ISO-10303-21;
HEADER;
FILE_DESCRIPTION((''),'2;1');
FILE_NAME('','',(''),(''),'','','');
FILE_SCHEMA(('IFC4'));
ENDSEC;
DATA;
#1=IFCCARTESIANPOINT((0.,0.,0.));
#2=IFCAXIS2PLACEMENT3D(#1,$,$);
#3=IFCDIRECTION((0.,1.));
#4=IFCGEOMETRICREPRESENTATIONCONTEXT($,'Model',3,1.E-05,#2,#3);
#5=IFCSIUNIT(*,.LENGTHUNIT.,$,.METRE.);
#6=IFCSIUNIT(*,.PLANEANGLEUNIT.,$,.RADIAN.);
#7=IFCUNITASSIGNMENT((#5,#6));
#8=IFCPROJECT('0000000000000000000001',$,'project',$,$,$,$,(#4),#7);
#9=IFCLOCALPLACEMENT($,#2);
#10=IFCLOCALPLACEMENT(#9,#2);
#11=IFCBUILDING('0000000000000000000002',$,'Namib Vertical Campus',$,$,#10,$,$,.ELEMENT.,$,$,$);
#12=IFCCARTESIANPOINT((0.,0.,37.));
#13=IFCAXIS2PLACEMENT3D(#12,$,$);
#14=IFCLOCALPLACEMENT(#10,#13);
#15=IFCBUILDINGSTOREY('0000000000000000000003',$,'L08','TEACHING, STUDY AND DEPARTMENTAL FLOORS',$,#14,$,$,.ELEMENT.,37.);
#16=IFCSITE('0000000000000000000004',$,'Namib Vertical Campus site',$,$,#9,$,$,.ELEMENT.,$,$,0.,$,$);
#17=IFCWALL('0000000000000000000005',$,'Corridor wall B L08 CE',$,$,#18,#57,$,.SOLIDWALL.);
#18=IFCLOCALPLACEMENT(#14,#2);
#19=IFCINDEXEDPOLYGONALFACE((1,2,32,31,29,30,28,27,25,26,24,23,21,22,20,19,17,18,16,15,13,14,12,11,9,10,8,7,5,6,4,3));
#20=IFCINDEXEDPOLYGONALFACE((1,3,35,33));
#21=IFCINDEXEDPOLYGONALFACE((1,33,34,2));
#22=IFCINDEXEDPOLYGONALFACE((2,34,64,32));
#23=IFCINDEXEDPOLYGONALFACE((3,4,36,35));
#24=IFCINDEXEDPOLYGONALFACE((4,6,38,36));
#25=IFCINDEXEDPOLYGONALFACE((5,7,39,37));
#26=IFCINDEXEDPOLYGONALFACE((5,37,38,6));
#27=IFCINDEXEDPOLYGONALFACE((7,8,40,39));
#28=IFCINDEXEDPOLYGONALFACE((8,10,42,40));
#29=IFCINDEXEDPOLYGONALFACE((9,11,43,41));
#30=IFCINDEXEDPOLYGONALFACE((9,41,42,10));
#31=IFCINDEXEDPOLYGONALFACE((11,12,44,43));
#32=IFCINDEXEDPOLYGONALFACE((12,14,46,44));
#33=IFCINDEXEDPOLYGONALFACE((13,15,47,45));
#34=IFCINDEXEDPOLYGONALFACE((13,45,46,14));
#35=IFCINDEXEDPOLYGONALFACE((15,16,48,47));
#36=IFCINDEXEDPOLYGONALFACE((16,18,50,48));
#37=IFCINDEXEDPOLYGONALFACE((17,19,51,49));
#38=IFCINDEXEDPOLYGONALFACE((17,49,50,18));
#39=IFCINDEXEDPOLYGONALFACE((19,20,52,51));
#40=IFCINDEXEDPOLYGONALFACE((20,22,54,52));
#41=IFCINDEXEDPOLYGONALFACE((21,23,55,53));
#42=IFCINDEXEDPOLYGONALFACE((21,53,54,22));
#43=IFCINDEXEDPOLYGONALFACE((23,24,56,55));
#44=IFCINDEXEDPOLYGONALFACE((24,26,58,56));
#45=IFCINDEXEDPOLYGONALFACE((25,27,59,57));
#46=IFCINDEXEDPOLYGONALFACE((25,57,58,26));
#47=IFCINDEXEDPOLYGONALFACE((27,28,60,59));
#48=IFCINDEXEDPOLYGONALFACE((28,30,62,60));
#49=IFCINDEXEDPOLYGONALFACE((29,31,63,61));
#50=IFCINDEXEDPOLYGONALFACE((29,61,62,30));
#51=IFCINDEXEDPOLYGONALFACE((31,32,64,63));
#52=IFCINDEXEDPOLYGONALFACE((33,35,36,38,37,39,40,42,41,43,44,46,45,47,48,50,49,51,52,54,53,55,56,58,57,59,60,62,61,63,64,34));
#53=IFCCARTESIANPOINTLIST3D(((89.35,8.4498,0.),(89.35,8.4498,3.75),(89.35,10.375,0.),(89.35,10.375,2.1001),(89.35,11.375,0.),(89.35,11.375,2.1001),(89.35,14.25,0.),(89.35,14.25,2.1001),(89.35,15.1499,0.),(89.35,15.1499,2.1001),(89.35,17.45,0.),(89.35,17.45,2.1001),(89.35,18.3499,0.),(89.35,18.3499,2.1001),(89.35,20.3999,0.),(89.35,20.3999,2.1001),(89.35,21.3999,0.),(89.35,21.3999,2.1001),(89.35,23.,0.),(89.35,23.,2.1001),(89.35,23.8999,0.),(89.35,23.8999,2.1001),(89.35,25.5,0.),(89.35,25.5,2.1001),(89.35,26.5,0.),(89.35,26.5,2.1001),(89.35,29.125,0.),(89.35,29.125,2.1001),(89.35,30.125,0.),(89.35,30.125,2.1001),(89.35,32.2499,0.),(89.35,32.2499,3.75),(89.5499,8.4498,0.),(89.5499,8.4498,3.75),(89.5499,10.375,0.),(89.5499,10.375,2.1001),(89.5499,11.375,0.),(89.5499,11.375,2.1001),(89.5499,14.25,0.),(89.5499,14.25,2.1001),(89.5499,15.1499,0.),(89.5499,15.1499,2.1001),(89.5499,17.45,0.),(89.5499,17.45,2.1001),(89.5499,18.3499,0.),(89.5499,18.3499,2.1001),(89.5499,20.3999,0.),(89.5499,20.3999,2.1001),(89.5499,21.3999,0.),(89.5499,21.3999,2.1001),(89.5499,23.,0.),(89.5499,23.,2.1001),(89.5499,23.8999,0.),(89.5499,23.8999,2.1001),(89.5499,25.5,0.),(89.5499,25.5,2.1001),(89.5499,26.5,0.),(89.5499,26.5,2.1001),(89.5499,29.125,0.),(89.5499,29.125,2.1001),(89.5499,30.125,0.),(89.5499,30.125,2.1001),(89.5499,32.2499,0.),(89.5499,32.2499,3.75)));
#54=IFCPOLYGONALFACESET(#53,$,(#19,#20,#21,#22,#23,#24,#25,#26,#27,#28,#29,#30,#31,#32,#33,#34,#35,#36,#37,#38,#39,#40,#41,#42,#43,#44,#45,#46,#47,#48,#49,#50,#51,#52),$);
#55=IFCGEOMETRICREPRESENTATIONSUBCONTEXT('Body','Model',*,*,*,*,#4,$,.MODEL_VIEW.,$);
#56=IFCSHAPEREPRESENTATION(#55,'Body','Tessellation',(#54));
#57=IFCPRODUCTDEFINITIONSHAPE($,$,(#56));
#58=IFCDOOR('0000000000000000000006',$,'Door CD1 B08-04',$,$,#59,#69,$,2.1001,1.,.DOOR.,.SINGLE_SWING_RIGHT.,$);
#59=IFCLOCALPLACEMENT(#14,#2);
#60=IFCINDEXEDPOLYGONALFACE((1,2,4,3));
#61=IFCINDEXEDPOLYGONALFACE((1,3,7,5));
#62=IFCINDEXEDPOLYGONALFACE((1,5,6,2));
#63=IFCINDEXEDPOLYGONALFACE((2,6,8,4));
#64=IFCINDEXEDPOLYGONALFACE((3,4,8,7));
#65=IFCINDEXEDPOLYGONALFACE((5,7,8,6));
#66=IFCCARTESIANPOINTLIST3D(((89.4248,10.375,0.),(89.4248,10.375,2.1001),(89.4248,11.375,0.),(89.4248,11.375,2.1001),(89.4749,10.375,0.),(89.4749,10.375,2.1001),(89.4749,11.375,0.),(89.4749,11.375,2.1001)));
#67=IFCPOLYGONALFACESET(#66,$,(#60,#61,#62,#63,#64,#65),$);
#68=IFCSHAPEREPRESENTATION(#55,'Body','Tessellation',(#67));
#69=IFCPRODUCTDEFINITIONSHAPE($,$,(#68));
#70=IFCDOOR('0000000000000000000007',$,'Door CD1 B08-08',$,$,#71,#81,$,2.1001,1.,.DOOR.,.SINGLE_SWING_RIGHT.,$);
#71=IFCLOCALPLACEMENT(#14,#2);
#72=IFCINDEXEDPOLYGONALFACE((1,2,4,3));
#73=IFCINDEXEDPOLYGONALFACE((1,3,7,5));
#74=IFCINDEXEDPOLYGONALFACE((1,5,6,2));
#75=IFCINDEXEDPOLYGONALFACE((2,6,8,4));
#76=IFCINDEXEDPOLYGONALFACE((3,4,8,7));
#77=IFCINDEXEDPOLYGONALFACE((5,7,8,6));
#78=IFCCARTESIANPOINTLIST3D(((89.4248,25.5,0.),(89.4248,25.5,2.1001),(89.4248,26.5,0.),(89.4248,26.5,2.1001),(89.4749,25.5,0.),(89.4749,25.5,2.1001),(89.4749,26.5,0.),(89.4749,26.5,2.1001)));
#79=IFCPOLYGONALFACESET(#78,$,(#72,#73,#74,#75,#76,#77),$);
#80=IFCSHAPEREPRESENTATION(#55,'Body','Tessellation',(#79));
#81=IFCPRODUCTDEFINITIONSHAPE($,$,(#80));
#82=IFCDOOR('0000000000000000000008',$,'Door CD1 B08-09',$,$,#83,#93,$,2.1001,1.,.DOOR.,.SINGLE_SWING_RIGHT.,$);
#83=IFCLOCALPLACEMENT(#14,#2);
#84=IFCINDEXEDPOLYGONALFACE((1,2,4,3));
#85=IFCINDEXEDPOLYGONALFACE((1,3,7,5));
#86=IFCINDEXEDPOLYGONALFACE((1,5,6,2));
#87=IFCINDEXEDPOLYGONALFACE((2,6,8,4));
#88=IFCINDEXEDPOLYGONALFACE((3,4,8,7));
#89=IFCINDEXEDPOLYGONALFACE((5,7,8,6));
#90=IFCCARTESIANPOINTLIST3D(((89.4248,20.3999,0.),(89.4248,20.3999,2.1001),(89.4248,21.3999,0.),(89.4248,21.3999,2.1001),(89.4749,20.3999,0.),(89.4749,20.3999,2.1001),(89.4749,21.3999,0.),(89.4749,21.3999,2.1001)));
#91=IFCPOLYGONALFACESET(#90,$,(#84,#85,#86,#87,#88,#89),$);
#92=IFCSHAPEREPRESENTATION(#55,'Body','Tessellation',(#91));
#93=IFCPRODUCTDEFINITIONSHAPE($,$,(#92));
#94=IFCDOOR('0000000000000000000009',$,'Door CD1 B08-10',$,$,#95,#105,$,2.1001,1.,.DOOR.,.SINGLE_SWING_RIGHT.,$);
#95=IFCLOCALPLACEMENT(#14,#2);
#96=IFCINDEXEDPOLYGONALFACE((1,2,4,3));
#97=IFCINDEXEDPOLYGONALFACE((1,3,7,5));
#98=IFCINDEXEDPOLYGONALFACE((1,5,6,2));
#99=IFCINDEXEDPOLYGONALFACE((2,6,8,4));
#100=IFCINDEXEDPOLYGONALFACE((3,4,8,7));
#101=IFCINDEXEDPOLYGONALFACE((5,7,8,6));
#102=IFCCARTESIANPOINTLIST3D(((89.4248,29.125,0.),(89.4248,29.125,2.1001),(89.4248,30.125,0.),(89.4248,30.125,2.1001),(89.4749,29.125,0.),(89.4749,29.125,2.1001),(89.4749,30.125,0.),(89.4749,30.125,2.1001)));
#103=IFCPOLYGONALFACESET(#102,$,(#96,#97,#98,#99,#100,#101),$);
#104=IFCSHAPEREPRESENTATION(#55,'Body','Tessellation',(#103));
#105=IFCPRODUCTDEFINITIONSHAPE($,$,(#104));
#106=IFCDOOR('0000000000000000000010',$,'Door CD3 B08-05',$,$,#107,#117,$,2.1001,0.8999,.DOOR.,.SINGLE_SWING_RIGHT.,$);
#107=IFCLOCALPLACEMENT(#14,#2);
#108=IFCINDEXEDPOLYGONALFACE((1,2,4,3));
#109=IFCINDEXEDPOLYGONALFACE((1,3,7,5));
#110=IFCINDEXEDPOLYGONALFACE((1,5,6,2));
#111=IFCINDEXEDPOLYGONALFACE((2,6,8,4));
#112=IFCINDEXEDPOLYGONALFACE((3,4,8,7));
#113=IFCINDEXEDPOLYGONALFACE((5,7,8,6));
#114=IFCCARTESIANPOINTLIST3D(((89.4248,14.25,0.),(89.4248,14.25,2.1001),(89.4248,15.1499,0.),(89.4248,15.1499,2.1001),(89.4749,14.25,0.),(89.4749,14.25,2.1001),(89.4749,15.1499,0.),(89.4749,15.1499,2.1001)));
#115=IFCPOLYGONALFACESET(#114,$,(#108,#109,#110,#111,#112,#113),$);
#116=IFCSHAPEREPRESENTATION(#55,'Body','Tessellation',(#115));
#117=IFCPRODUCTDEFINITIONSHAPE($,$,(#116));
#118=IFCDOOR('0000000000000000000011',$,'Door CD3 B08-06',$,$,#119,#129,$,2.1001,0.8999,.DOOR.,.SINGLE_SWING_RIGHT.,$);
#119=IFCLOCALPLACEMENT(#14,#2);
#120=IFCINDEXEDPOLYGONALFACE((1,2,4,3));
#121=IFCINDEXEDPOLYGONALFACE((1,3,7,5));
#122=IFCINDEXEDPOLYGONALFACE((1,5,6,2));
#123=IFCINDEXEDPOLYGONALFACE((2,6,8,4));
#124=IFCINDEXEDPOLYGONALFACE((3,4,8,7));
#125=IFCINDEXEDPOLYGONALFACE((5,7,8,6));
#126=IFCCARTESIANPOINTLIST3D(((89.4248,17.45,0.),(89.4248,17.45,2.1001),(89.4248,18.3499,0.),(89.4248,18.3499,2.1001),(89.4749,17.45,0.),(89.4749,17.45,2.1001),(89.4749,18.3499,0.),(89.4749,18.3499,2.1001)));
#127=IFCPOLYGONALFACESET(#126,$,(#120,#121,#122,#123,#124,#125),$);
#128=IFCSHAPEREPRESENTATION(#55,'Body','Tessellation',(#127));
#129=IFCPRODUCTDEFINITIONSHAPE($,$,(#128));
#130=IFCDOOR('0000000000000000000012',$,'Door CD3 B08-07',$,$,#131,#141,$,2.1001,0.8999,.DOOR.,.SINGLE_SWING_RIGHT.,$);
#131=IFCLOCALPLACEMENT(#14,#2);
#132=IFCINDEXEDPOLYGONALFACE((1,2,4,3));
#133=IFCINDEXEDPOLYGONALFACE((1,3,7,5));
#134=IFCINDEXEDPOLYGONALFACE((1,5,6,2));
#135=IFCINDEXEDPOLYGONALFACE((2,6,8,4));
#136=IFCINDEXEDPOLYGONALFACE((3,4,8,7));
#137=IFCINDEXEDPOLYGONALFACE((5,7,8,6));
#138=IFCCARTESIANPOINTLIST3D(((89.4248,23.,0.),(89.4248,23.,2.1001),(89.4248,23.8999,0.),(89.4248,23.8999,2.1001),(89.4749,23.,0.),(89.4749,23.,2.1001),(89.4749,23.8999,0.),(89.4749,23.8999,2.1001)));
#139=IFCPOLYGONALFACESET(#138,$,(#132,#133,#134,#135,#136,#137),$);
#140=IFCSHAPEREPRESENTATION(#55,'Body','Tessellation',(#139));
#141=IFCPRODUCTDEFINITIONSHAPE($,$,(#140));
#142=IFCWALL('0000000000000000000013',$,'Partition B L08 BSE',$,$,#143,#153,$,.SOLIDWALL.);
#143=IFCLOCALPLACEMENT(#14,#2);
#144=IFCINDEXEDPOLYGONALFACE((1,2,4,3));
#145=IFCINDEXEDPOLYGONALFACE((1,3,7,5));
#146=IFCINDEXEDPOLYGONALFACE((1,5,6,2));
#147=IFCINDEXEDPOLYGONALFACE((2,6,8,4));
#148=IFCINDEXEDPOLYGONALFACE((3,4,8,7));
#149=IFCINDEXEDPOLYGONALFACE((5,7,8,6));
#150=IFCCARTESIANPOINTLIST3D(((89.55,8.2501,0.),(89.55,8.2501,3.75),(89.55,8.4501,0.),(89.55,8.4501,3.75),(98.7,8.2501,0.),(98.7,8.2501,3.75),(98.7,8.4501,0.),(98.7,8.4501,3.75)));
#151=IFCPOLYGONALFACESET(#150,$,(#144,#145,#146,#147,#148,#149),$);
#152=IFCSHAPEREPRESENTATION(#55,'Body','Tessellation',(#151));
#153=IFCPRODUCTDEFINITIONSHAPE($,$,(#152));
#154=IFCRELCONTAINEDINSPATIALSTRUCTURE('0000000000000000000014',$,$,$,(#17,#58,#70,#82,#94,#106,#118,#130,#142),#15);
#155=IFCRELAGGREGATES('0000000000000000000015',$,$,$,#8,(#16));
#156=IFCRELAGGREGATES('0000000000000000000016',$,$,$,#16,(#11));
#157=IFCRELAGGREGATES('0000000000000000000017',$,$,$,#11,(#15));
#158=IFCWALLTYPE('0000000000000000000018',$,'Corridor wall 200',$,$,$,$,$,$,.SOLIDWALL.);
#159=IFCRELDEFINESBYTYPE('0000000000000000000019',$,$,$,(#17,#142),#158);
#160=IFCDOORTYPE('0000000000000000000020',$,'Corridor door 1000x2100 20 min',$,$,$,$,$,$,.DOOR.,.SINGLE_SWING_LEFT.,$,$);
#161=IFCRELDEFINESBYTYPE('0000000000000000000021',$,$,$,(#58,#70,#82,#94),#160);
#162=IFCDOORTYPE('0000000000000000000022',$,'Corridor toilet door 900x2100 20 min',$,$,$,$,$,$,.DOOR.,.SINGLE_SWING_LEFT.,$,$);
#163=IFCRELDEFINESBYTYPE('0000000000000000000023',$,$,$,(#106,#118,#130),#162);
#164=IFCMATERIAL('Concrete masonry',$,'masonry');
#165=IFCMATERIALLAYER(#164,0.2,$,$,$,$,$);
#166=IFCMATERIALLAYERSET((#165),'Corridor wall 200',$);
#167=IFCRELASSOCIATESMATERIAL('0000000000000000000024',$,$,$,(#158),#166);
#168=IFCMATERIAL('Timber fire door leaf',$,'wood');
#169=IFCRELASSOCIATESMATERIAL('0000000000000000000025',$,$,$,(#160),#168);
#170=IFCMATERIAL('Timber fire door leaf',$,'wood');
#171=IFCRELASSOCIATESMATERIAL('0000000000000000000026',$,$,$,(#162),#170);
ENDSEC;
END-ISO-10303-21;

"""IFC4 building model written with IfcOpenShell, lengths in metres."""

from ifc_helpers import new_model, si_unit, direction, frame, frame_2d, origin, place, context, subcontext, project, spatial, rectangle, extrude, material, layer, layer_set, type_object, element, fill, save


model = new_model("IFC4")

# Units and contexts
model_context = context("Model", 3, precision=1e-05, world=origin(), true_north=direction((0.0, 1.0)))
body_context = subcontext(model_context, "Body", "Model", "MODEL_VIEW")
ifc_project = project(units=[si_unit("LENGTHUNIT", "METRE"), si_unit("PLANEANGLEUNIT", "RADIAN")], contexts=[model_context])

# Site, building, storey
site_placement = place(None, origin())
site = spatial("IfcSite", under=ifc_project, at=site_placement, Name="Namib Vertical Campus site", CompositionType="ELEMENT", RefElevation=0.0)
building_placement = place(site_placement, origin())
building = spatial("IfcBuilding", under=site, at=building_placement, Name="Namib Vertical Campus", CompositionType="ELEMENT")
storey_placement = place(building_placement, frame((0.0, 0.0, 37.0)))
storey = spatial("IfcBuildingStorey", under=building, at=storey_placement, Name="L08", Description="TEACHING, STUDY AND DEPARTMENTAL FLOORS", CompositionType="ELEMENT", Elevation=37.0)

# Wall, openings, doors
ifc_material_1 = material(Name="Concrete masonry", Category="masonry")
ifc_layer_1 = layer(ifc_material_1, 0.2)
ifc_layer_set_1 = layer_set([ifc_layer_1], Name="Corridor wall 200")
wall_type_1 = type_object("IfcWallType", Name="Corridor wall 200", PredefinedType="SOLIDWALL", material=ifc_layer_set_1)
wall_1_placement = place(storey_placement, frame((89.45, 8.45, 0.0), z_axis=(0.0, 0.0, 1.0), x_axis=(0.0, 1.0, 0.0)))
wall_1 = element("IfcWall", 1, at=wall_1_placement, inside=storey, type_object=wall_type_1, Name="Corridor wall B L08 CE", PredefinedType="SOLIDWALL", context=body_context, shape_type="SweptSolid", body=[
    extrude(rectangle(XDim=23.8, YDim=0.2, at=frame_2d((11.8999, 0.0))), origin(), (0.0, 0.0, 1.0), 3.75),
])
opening_1_placement = place(wall_1_placement, frame((1.925, 0.0, 0.0)))
opening_1 = element("IfcOpeningElement", 2, at=opening_1_placement, cuts=wall_1, PredefinedType="OPENING", context=body_context, shape_type="SweptSolid", body=[
    extrude(rectangle(XDim=1.0, YDim=2.1001, at=frame_2d((0.5, 1.05))), frame((0.0, 0.1099, 0.0), z_axis=(0.0, -1.0, 0.0), x_axis=(1.0, 0.0, 0.0)), (0.0, 0.0, 1.0), 0.22),
])
opening_2_placement = place(wall_1_placement, frame((5.8, 0.0, 0.0)))
opening_2 = element("IfcOpeningElement", 3, at=opening_2_placement, cuts=wall_1, PredefinedType="OPENING", context=body_context, shape_type="SweptSolid", body=[
    extrude(rectangle(XDim=0.8999, YDim=2.1001, at=frame_2d((0.45, 1.05))), frame((0.0, 0.1099, 0.0), z_axis=(0.0, -1.0, 0.0), x_axis=(1.0, 0.0, 0.0)), (0.0, 0.0, 1.0), 0.22),
])
opening_3_placement = place(wall_1_placement, frame((9.0, 0.0, 0.0)))
opening_3 = element("IfcOpeningElement", 4, at=opening_3_placement, cuts=wall_1, PredefinedType="OPENING", context=body_context, shape_type="SweptSolid", body=[
    extrude(rectangle(XDim=0.8999, YDim=2.1001, at=frame_2d((0.45, 1.05))), frame((0.0, 0.1099, 0.0), z_axis=(0.0, -1.0, 0.0), x_axis=(1.0, 0.0, 0.0)), (0.0, 0.0, 1.0), 0.22),
])
opening_4_placement = place(wall_1_placement, frame((14.55, 0.0, 0.0)))
opening_4 = element("IfcOpeningElement", 5, at=opening_4_placement, cuts=wall_1, PredefinedType="OPENING", context=body_context, shape_type="SweptSolid", body=[
    extrude(rectangle(XDim=0.8999, YDim=2.1001, at=frame_2d((0.45, 1.05))), frame((0.0, 0.1099, 0.0), z_axis=(0.0, -1.0, 0.0), x_axis=(1.0, 0.0, 0.0)), (0.0, 0.0, 1.0), 0.22),
])
opening_5_placement = place(wall_1_placement, frame((17.05, 0.0, 0.0)))
opening_5 = element("IfcOpeningElement", 6, at=opening_5_placement, cuts=wall_1, PredefinedType="OPENING", context=body_context, shape_type="SweptSolid", body=[
    extrude(rectangle(XDim=1.0, YDim=2.1001, at=frame_2d((0.5, 1.05))), frame((0.0, 0.1099, 0.0), z_axis=(0.0, -1.0, 0.0), x_axis=(1.0, 0.0, 0.0)), (0.0, 0.0, 1.0), 0.22),
])
opening_6_placement = place(wall_1_placement, frame((11.95, 0.0, 0.0)))
opening_6 = element("IfcOpeningElement", 7, at=opening_6_placement, cuts=wall_1, PredefinedType="OPENING", context=body_context, shape_type="SweptSolid", body=[
    extrude(rectangle(XDim=1.0, YDim=2.1001, at=frame_2d((0.5, 1.05))), frame((0.0, 0.1099, 0.0), z_axis=(0.0, -1.0, 0.0), x_axis=(1.0, 0.0, 0.0)), (0.0, 0.0, 1.0), 0.22),
])
opening_7_placement = place(wall_1_placement, frame((20.675, 0.0, 0.0)))
opening_7 = element("IfcOpeningElement", 8, at=opening_7_placement, cuts=wall_1, PredefinedType="OPENING", context=body_context, shape_type="SweptSolid", body=[
    extrude(rectangle(XDim=1.0, YDim=2.1001, at=frame_2d((0.5, 1.05))), frame((0.0, 0.1099, 0.0), z_axis=(0.0, -1.0, 0.0), x_axis=(1.0, 0.0, 0.0)), (0.0, 0.0, 1.0), 0.22),
])
ifc_material_2 = material(Name="Timber fire door leaf", Category="wood")
door_type_1 = type_object("IfcDoorType", Name="Corridor door 1000x2100 20 min", OperationType="SINGLE_SWING_LEFT", PredefinedType="DOOR", material=ifc_material_2)
door_1_placement = place(opening_1_placement, frame((1.0, 0.0, 0.0), z_axis=(0.0, 0.0, 1.0), x_axis=(-1.0, 0.0, 0.0)))
door_1 = element("IfcDoor", 9, at=door_1_placement, inside=storey, type_object=door_type_1, Name="Door CD1 B08-04", OperationType="SINGLE_SWING_RIGHT", OverallHeight=2.1001, OverallWidth=1.0, PredefinedType="DOOR", context=body_context, shape_type="SweptSolid", body=[
    extrude(rectangle(XDim=1.0, YDim=2.1001, at=frame_2d((0.5, 1.05))), frame((0.0, 0.0249, 0.0), z_axis=(0.0, -1.0, 0.0), x_axis=(1.0, 0.0, 0.0)), (0.0, 0.0, 1.0), 0.05),
])
fill(opening_1, door_1)
door_2_placement = place(opening_5_placement, frame((1.0, 0.0, 0.0), z_axis=(0.0, 0.0, 1.0), x_axis=(-1.0, 0.0, 0.0)))
door_2 = element("IfcDoor", 10, at=door_2_placement, inside=storey, type_object=door_type_1, Name="Door CD1 B08-08", OperationType="SINGLE_SWING_RIGHT", OverallHeight=2.1001, OverallWidth=1.0, PredefinedType="DOOR", context=body_context, shape_type="SweptSolid", body=[
    extrude(rectangle(XDim=1.0, YDim=2.1001, at=frame_2d((0.5, 1.05))), frame((0.0, 0.0249, 0.0), z_axis=(0.0, -1.0, 0.0), x_axis=(1.0, 0.0, 0.0)), (0.0, 0.0, 1.0), 0.05),
])
fill(opening_5, door_2)
door_3_placement = place(opening_6_placement, frame((1.0, 0.0, 0.0), z_axis=(0.0, 0.0, 1.0), x_axis=(-1.0, 0.0, 0.0)))
door_3 = element("IfcDoor", 11, at=door_3_placement, inside=storey, type_object=door_type_1, Name="Door CD1 B08-09", OperationType="SINGLE_SWING_RIGHT", OverallHeight=2.1001, OverallWidth=1.0, PredefinedType="DOOR", context=body_context, shape_type="SweptSolid", body=[
    extrude(rectangle(XDim=1.0, YDim=2.1001, at=frame_2d((0.5, 1.05))), frame((0.0, 0.0249, 0.0), z_axis=(0.0, -1.0, 0.0), x_axis=(1.0, 0.0, 0.0)), (0.0, 0.0, 1.0), 0.05),
])
fill(opening_6, door_3)
door_4_placement = place(opening_7_placement, frame((1.0, 0.0, 0.0), z_axis=(0.0, 0.0, 1.0), x_axis=(-1.0, 0.0, 0.0)))
door_4 = element("IfcDoor", 12, at=door_4_placement, inside=storey, type_object=door_type_1, Name="Door CD1 B08-10", OperationType="SINGLE_SWING_RIGHT", OverallHeight=2.1001, OverallWidth=1.0, PredefinedType="DOOR", context=body_context, shape_type="SweptSolid", body=[
    extrude(rectangle(XDim=1.0, YDim=2.1001, at=frame_2d((0.5, 1.05))), frame((0.0, 0.0249, 0.0), z_axis=(0.0, -1.0, 0.0), x_axis=(1.0, 0.0, 0.0)), (0.0, 0.0, 1.0), 0.05),
])
fill(opening_7, door_4)
ifc_material_3 = material(Name="Timber fire door leaf", Category="wood")
door_type_2 = type_object("IfcDoorType", Name="Corridor toilet door 900x2100 20 min", OperationType="SINGLE_SWING_LEFT", PredefinedType="DOOR", material=ifc_material_3)
door_5_placement = place(opening_2_placement, frame((0.8999, 0.0, 0.0), z_axis=(0.0, 0.0, 1.0), x_axis=(-1.0, 0.0, 0.0)))
door_5 = element("IfcDoor", 13, at=door_5_placement, inside=storey, type_object=door_type_2, Name="Door CD3 B08-05", OperationType="SINGLE_SWING_RIGHT", OverallHeight=2.1001, OverallWidth=0.8999, PredefinedType="DOOR", context=body_context, shape_type="SweptSolid", body=[
    extrude(rectangle(XDim=0.8999, YDim=2.1001, at=frame_2d((0.45, 1.05))), frame((0.0, 0.0249, 0.0), z_axis=(0.0, -1.0, 0.0), x_axis=(1.0, 0.0, 0.0)), (0.0, 0.0, 1.0), 0.05),
])
fill(opening_2, door_5)
door_6_placement = place(opening_3_placement, frame((0.8999, 0.0, 0.0), z_axis=(0.0, 0.0, 1.0), x_axis=(-1.0, 0.0, 0.0)))
door_6 = element("IfcDoor", 14, at=door_6_placement, inside=storey, type_object=door_type_2, Name="Door CD3 B08-06", OperationType="SINGLE_SWING_RIGHT", OverallHeight=2.1001, OverallWidth=0.8999, PredefinedType="DOOR", context=body_context, shape_type="SweptSolid", body=[
    extrude(rectangle(XDim=0.8999, YDim=2.1001, at=frame_2d((0.45, 1.05))), frame((0.0, 0.0249, 0.0), z_axis=(0.0, -1.0, 0.0), x_axis=(1.0, 0.0, 0.0)), (0.0, 0.0, 1.0), 0.05),
])
fill(opening_3, door_6)
door_7_placement = place(opening_4_placement, frame((0.8999, 0.0, 0.0), z_axis=(0.0, 0.0, 1.0), x_axis=(-1.0, 0.0, 0.0)))
door_7 = element("IfcDoor", 15, at=door_7_placement, inside=storey, type_object=door_type_2, Name="Door CD3 B08-07", OperationType="SINGLE_SWING_RIGHT", OverallHeight=2.1001, OverallWidth=0.8999, PredefinedType="DOOR", context=body_context, shape_type="SweptSolid", body=[
    extrude(rectangle(XDim=0.8999, YDim=2.1001, at=frame_2d((0.45, 1.05))), frame((0.0, 0.0249, 0.0), z_axis=(0.0, -1.0, 0.0), x_axis=(1.0, 0.0, 0.0)), (0.0, 0.0, 1.0), 0.05),
])
fill(opening_4, door_7)

# Wall
wall_2_placement = place(storey_placement, frame((89.55, 8.3501, 0.0), z_axis=(0.0, 0.0, 1.0), x_axis=(1.0, 0.0, 0.0)))
element("IfcWall", 16, at=wall_2_placement, inside=storey, type_object=wall_type_1, Name="Partition B L08 BSE", PredefinedType="SOLIDWALL", context=body_context, shape_type="SweptSolid", body=[
    extrude(rectangle(XDim=9.1499, YDim=0.2, at=frame_2d((4.575, 0.0))), origin(), (0.0, 0.0, 1.0), 3.75),
])

save(model, "model.ifc")
